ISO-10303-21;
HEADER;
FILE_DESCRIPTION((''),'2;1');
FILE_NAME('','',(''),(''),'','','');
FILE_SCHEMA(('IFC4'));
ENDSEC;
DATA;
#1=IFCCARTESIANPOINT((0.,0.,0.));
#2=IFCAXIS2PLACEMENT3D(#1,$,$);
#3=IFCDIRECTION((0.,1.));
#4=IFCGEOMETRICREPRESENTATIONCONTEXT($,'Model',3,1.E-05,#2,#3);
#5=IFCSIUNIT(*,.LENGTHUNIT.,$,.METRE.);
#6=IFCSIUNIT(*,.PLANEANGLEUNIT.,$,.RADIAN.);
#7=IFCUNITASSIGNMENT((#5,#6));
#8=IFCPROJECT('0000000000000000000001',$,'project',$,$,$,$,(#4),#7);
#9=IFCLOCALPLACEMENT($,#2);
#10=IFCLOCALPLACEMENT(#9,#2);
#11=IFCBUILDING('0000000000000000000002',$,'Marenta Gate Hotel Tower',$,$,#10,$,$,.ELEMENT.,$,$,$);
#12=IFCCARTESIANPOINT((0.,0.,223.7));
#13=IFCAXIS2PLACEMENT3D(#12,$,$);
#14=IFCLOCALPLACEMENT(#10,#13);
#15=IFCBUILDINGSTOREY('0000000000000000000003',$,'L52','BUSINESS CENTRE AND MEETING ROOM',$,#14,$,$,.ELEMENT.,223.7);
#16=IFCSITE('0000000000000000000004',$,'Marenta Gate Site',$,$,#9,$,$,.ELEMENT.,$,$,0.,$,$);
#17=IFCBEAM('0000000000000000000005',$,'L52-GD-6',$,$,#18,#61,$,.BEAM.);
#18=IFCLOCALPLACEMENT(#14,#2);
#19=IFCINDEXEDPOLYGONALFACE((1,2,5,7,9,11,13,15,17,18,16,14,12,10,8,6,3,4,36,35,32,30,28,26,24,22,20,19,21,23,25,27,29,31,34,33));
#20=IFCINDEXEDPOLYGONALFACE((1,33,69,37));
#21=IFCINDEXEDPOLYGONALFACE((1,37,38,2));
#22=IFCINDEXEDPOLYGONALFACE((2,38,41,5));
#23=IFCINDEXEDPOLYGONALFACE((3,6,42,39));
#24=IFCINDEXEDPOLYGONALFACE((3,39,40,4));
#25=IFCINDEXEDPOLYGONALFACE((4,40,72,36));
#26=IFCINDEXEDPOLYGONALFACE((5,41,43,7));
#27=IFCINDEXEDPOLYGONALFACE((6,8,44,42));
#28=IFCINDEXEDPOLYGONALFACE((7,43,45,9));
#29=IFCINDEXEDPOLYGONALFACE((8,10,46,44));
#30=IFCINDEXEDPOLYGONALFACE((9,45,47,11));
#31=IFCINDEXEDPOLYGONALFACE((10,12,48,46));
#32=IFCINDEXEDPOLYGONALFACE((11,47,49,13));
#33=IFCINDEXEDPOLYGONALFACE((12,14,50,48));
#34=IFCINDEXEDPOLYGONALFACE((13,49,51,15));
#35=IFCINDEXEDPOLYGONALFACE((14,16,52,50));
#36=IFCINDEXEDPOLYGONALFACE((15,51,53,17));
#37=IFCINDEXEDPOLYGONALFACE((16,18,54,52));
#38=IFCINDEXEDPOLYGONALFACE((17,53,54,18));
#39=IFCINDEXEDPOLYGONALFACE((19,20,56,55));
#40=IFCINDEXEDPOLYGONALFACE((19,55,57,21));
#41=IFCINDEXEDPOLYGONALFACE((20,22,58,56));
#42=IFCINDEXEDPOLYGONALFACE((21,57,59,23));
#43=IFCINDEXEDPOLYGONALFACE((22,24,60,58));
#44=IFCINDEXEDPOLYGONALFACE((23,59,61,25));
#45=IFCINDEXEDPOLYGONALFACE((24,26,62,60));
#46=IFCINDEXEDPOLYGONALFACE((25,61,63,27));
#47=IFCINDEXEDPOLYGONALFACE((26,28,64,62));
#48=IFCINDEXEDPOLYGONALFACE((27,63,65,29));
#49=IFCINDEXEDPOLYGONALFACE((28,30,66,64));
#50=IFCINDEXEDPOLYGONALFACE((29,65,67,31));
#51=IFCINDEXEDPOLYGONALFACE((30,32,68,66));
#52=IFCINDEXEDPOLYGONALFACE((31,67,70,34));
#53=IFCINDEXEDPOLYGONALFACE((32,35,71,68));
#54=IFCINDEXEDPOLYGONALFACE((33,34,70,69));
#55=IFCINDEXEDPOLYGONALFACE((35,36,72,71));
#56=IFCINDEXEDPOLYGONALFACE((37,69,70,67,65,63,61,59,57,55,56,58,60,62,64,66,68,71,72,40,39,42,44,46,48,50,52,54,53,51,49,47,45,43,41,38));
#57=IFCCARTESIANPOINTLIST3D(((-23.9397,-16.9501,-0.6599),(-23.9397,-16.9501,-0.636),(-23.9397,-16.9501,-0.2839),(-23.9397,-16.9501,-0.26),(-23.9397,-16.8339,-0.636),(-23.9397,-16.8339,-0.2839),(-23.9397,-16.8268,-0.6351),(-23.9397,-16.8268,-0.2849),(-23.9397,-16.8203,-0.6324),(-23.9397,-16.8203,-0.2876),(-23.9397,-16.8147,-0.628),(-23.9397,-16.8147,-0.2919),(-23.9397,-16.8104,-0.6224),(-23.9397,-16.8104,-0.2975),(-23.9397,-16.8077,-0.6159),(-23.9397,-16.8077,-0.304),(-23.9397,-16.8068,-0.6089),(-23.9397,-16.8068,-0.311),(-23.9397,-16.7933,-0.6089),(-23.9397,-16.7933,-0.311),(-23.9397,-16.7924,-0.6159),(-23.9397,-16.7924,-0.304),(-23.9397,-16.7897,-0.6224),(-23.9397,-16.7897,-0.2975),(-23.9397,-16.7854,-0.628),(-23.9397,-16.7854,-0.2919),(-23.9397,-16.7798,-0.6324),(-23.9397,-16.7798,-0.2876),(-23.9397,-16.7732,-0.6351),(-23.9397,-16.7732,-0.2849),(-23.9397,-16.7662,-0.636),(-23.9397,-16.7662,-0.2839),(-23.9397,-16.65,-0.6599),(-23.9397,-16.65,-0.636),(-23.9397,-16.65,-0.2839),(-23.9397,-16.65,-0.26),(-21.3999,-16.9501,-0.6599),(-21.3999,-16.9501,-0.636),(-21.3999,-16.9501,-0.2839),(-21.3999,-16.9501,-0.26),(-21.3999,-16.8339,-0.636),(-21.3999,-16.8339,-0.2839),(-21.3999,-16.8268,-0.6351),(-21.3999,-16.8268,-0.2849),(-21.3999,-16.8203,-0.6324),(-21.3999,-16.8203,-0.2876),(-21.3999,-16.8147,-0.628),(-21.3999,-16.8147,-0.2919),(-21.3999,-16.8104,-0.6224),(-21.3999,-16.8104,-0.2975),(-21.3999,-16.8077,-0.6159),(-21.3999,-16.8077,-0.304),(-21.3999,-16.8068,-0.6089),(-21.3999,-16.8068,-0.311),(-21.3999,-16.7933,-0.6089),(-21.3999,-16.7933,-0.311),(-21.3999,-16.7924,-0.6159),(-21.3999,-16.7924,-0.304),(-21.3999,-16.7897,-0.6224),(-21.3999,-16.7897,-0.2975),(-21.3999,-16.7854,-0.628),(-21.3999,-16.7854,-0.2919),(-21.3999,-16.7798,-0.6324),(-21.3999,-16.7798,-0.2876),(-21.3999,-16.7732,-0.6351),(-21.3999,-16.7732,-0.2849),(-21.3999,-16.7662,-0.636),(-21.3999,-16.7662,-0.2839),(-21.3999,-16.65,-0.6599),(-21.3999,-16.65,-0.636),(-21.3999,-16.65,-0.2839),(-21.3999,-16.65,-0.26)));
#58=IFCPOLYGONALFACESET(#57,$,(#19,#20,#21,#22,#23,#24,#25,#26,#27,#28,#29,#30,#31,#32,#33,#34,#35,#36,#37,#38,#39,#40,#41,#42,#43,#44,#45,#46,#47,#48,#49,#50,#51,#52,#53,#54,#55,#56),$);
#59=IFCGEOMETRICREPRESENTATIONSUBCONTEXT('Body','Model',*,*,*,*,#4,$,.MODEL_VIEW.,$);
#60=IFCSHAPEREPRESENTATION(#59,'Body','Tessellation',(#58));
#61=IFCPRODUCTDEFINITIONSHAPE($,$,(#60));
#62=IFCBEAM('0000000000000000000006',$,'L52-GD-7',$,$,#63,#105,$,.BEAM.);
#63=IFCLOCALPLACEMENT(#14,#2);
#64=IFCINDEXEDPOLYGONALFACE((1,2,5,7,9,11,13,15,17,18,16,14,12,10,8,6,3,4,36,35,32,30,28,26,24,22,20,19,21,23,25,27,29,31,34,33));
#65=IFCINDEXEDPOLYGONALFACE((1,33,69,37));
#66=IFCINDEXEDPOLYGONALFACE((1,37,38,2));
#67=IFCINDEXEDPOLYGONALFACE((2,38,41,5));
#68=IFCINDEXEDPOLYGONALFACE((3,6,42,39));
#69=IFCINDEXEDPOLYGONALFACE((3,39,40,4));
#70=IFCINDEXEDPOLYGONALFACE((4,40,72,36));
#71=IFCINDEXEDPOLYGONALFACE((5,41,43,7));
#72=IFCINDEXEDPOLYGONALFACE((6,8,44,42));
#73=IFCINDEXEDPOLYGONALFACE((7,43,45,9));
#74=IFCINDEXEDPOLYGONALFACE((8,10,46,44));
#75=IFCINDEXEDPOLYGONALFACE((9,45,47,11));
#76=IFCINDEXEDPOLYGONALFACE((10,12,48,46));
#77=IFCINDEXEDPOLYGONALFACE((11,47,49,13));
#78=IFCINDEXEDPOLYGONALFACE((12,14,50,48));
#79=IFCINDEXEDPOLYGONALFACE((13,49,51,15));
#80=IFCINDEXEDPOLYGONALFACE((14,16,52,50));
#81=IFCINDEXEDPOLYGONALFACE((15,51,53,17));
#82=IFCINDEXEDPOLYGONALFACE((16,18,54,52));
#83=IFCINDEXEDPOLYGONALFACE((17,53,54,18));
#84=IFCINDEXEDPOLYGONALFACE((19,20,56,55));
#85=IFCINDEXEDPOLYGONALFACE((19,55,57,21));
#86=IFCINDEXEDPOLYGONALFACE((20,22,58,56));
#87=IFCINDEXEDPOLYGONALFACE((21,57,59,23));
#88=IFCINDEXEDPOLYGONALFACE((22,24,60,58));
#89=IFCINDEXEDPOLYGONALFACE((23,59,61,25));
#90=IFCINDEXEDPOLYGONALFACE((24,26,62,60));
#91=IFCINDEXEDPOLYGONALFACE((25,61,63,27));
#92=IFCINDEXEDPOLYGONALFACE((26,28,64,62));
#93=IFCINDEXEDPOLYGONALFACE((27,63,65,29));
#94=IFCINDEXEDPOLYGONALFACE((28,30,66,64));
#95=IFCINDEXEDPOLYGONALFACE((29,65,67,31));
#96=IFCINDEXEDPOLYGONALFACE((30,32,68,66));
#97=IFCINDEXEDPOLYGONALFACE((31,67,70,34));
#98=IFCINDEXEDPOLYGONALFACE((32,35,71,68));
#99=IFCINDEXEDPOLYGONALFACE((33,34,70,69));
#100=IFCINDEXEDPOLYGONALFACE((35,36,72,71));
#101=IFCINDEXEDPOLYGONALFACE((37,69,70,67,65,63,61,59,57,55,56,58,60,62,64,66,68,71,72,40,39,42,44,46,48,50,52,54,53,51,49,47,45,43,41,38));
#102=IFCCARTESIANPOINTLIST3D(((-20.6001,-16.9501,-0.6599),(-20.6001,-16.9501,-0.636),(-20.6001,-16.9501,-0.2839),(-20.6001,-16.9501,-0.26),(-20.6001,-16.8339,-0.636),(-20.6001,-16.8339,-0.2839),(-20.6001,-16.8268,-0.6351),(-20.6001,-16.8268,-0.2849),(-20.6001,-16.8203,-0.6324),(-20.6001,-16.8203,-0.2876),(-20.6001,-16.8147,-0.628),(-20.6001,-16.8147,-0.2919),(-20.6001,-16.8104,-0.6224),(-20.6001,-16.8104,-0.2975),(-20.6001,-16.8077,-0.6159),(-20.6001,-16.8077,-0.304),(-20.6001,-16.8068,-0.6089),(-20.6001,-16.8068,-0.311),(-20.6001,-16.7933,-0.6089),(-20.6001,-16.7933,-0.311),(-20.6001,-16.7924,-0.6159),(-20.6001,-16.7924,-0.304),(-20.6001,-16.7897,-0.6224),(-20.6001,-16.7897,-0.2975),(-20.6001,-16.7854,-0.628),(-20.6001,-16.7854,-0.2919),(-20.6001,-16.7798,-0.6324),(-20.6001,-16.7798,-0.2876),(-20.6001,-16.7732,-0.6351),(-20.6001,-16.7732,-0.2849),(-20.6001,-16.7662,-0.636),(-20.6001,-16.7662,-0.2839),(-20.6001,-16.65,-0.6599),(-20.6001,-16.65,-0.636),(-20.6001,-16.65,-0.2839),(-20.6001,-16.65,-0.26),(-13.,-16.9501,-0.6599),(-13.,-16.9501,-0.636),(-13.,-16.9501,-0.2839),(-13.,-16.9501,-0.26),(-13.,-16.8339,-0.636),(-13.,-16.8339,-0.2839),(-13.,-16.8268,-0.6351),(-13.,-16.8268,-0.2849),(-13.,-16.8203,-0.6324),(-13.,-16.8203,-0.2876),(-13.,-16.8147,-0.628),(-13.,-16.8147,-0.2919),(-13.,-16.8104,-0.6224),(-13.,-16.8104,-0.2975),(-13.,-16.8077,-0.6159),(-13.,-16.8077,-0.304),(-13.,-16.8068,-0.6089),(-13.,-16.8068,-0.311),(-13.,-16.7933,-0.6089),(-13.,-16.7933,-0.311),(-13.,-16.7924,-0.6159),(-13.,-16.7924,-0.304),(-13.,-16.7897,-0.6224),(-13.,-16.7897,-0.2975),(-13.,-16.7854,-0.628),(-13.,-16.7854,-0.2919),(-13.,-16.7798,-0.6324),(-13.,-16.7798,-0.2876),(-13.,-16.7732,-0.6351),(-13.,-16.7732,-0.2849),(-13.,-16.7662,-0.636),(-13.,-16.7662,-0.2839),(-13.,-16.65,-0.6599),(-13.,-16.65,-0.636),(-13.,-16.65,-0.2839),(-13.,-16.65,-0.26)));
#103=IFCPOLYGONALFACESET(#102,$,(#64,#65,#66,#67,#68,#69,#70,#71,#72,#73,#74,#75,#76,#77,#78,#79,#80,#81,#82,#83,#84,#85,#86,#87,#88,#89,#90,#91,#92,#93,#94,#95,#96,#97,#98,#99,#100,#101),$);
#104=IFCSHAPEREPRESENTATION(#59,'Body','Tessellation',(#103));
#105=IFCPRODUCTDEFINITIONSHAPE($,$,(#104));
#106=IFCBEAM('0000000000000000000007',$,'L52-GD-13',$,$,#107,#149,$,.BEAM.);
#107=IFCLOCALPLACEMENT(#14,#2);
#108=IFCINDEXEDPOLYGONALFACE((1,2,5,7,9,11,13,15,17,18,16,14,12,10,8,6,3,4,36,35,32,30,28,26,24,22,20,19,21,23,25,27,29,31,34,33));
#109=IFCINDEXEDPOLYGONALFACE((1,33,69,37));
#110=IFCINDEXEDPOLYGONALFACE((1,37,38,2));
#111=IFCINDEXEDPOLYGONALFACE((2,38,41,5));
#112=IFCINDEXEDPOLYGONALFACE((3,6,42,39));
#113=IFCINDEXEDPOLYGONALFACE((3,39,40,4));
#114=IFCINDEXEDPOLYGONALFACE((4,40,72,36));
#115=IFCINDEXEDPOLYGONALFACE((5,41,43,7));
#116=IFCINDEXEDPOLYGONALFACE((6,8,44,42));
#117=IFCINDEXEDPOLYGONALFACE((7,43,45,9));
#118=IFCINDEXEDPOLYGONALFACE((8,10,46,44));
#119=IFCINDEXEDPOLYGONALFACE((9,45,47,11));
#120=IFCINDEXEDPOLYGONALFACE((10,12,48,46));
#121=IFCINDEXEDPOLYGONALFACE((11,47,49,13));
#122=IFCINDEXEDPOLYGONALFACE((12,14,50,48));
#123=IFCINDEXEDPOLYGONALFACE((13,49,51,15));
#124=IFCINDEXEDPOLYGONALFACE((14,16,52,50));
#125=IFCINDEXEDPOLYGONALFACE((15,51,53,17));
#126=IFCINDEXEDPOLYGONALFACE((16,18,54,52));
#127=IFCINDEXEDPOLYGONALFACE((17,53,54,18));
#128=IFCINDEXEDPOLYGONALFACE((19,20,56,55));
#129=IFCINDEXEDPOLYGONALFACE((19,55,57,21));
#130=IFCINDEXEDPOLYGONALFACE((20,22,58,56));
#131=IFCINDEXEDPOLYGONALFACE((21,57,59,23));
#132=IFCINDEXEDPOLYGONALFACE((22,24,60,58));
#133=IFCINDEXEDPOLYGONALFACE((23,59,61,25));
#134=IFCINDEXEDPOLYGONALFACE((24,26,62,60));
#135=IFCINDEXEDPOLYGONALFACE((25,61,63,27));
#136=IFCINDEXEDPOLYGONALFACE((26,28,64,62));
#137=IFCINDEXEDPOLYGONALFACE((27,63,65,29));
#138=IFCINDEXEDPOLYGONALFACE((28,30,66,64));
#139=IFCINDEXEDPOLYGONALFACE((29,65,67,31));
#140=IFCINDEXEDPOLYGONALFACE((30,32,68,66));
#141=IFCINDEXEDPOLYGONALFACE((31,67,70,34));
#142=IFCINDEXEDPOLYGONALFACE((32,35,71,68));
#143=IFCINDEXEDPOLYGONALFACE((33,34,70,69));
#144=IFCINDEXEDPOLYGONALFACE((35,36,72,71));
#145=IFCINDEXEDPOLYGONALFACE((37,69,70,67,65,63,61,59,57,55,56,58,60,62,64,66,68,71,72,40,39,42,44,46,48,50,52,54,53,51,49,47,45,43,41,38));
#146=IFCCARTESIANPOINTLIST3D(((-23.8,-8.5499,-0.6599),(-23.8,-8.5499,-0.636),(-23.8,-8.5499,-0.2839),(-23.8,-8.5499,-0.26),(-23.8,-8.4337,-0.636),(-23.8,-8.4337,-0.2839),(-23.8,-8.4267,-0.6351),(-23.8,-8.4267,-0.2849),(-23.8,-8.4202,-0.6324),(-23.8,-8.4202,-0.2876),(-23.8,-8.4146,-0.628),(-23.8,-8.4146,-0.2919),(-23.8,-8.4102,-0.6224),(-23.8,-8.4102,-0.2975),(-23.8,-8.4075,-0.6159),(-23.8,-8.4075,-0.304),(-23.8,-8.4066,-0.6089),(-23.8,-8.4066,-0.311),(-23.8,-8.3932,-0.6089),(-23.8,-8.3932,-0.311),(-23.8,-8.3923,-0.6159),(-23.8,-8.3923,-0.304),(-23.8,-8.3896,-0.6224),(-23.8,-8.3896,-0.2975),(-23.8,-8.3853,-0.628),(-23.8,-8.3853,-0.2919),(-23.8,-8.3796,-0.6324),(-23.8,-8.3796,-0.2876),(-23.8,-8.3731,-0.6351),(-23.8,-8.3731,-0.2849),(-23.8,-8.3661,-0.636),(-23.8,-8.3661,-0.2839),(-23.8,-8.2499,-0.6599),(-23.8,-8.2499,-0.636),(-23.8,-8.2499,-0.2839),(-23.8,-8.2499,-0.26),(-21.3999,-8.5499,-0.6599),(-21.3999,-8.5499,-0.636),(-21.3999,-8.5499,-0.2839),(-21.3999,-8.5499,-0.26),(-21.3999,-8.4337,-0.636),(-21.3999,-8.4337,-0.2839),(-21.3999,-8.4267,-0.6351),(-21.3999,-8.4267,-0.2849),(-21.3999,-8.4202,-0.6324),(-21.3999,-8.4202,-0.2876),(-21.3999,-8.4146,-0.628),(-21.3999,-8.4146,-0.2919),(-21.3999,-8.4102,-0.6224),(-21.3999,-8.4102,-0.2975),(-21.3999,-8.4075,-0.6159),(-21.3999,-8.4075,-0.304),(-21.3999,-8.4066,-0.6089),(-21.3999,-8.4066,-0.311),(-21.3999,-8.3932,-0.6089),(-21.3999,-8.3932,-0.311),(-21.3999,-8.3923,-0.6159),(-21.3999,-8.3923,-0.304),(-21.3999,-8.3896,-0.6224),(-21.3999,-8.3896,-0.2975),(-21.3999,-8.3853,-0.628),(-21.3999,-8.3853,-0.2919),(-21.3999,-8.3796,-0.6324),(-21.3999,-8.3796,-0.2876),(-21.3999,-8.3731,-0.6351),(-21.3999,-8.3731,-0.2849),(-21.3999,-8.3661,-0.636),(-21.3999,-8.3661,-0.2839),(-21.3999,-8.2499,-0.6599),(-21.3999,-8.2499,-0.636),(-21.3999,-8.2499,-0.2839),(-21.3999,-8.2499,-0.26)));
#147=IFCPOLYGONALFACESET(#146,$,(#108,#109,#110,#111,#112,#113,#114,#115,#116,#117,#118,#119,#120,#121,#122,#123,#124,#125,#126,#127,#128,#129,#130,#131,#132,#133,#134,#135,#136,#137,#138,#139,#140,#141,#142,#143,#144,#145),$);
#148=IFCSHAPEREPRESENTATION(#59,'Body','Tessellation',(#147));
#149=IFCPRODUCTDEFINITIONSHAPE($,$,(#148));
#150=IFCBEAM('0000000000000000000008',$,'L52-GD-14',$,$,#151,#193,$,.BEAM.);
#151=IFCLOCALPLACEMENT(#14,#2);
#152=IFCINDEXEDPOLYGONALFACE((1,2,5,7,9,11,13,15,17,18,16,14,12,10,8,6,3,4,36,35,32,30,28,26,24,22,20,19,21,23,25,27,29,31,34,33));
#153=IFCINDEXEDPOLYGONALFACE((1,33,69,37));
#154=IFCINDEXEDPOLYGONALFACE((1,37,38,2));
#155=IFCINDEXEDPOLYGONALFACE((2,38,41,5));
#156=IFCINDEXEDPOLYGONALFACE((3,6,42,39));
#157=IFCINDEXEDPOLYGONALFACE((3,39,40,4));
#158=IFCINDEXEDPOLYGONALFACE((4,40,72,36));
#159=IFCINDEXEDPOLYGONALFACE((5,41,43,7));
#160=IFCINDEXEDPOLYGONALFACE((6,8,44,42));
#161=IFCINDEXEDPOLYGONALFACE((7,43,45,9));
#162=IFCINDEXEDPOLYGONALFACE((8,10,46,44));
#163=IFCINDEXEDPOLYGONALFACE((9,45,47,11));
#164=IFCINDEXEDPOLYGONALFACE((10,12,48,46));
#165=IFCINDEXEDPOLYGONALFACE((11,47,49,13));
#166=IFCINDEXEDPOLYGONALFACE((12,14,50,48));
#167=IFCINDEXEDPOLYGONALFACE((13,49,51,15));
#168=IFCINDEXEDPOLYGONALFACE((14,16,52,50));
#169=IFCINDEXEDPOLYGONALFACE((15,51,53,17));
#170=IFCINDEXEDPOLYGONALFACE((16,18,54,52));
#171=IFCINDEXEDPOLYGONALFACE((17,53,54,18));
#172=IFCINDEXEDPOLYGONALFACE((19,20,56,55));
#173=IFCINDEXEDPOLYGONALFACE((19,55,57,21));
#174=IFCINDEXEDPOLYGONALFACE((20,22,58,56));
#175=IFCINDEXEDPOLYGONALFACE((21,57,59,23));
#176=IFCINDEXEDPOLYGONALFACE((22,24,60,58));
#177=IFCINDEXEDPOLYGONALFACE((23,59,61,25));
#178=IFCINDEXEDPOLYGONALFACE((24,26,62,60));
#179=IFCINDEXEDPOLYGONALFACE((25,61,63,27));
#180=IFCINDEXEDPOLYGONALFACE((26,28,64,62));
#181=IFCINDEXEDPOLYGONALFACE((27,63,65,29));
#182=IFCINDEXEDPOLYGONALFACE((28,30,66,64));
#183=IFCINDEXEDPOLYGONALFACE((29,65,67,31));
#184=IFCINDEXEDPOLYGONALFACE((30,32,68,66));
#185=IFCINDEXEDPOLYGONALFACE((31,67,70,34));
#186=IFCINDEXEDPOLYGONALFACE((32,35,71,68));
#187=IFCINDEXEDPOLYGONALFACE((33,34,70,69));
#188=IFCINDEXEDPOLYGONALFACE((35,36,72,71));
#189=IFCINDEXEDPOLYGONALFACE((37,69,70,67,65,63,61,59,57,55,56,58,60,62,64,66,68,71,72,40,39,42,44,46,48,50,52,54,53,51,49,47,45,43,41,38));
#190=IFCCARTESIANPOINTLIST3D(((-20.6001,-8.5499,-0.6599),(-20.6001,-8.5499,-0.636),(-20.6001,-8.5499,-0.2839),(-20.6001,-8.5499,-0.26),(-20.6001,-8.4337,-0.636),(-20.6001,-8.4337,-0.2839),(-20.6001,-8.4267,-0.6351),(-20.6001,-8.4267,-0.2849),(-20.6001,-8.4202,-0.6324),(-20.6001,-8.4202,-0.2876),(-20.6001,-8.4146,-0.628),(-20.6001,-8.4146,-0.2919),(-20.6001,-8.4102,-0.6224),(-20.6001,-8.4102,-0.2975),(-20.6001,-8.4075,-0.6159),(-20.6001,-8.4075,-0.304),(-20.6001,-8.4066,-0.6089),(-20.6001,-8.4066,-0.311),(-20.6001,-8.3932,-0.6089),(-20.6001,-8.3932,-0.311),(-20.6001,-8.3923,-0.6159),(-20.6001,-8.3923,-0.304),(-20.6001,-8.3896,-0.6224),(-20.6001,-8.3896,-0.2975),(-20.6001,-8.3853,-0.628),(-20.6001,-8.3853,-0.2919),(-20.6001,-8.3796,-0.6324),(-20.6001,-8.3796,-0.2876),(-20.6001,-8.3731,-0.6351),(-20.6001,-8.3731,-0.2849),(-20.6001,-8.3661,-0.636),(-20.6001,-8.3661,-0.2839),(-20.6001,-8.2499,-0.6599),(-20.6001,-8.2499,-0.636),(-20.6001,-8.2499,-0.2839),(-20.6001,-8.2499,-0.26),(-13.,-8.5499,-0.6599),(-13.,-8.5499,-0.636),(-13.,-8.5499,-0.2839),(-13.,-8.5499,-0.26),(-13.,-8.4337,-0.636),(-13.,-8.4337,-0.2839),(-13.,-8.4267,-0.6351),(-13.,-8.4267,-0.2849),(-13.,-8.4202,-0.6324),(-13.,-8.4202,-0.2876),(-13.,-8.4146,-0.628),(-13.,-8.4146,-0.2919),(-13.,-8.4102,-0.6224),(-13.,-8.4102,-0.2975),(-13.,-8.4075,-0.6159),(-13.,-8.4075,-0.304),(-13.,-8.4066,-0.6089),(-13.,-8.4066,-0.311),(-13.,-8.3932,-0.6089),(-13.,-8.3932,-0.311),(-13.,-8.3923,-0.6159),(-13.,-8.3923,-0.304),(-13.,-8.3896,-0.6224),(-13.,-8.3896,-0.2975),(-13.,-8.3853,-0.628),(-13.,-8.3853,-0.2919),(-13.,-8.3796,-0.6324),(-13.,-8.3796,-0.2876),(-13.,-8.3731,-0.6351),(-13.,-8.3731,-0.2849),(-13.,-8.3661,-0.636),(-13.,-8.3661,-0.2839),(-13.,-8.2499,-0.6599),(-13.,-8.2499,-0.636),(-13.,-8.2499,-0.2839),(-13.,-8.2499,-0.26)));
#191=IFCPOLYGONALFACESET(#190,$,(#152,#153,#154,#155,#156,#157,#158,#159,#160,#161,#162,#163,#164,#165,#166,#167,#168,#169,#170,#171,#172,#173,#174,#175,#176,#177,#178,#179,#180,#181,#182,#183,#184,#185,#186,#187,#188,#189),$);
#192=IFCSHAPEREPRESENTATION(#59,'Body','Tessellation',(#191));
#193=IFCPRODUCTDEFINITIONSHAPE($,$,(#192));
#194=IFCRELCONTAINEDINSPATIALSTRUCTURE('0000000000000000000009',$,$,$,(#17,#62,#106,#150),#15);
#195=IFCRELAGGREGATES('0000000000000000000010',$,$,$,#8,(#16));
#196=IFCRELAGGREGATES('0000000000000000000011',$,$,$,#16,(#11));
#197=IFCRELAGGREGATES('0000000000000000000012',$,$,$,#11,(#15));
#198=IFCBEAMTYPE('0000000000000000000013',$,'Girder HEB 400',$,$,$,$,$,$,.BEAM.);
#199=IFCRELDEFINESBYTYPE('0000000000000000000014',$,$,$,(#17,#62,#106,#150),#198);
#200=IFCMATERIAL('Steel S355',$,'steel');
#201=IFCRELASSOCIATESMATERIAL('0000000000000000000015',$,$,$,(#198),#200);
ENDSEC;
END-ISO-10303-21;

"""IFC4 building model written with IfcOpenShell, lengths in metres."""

from ifc_helpers import new_model, si_unit, direction, frame, origin, origin_2d, place, context, subcontext, project, spatial, i_section, extrude, material, material_profile, profile_set, type_object, element, save


model = new_model("IFC4")

# Units and contexts
model_context = context("Model", 3, precision=1e-05, world=origin(), true_north=direction((0.0, 1.0)))
body_context = subcontext(model_context, "Body", "Model", "MODEL_VIEW")
ifc_project = project(units=[si_unit("LENGTHUNIT", "METRE"), si_unit("PLANEANGLEUNIT", "RADIAN")], contexts=[model_context])

# Site, building, storey
site_placement = place(None, origin())
site = spatial("IfcSite", under=ifc_project, at=site_placement, Name="Marenta Gate Site", CompositionType="ELEMENT", RefElevation=0.0)
building_placement = place(site_placement, origin())
building = spatial("IfcBuilding", under=site, at=building_placement, Name="Marenta Gate Hotel Tower", CompositionType="ELEMENT")
storey_placement = place(building_placement, frame((0.0, 0.0, 223.7)))
storey = spatial("IfcBuildingStorey", under=building, at=storey_placement, Name="L52", Description="BUSINESS CENTRE AND MEETING ROOM", CompositionType="ELEMENT", Elevation=223.7)

# Beams
ifc_material_1 = material(Name="Steel S355", Category="steel")
ifc_material_profile_1 = material_profile(ifc_material_1, i_section(OverallWidth=0.3, OverallDepth=0.3999, WebThickness=0.0134, FlangeThickness=0.0239, FilletRadius=0.0271, at=origin_2d()), Name="HEB 400")
ifc_profile_set_1 = profile_set([ifc_material_profile_1], Name="Steel S355")
beam_type_1 = type_object("IfcBeamType", Name="Girder HEB 400", PredefinedType="BEAM", material=ifc_profile_set_1)
beam_1_placement = place(storey_placement, frame((-23.9397, -16.8, -0.46), z_axis=(1.0, 0.0, 0.0), x_axis=(0.0, 1.0, 0.0)))
element("IfcBeam", 1, at=beam_1_placement, inside=storey, type_object=beam_type_1, Name="L52-GD-6", PredefinedType="BEAM", context=body_context, shape_type="SweptSolid", body=[
    extrude(i_section(OverallWidth=0.3, OverallDepth=0.3999, WebThickness=0.0134, FlangeThickness=0.0239, FilletRadius=0.0271, at=origin_2d()), origin(), (0.0, 0.0, 1.0), 2.5398),
])
beam_2_placement = place(storey_placement, frame((-20.6001, -16.8, -0.46), z_axis=(1.0, 0.0, 0.0), x_axis=(0.0, 1.0, 0.0)))
element("IfcBeam", 2, at=beam_2_placement, inside=storey, type_object=beam_type_1, Name="L52-GD-7", PredefinedType="BEAM", context=body_context, shape_type="SweptSolid", body=[
    extrude(i_section(OverallWidth=0.3, OverallDepth=0.3999, WebThickness=0.0134, FlangeThickness=0.0239, FilletRadius=0.0271, at=origin_2d()), origin(), (0.0, 0.0, 1.0), 7.6001),
])
beam_3_placement = place(storey_placement, frame((-23.8, -8.3999, -0.46), z_axis=(1.0, 0.0, 0.0), x_axis=(0.0, 1.0, 0.0)))
element("IfcBeam", 3, at=beam_3_placement, inside=storey, type_object=beam_type_1, Name="L52-GD-13", PredefinedType="BEAM", context=body_context, shape_type="SweptSolid", body=[
    extrude(i_section(OverallWidth=0.3, OverallDepth=0.3999, WebThickness=0.0134, FlangeThickness=0.0239, FilletRadius=0.0271, at=origin_2d()), origin(), (0.0, 0.0, 1.0), 2.4001),
])
beam_4_placement = place(storey_placement, frame((-20.6001, -8.3999, -0.46), z_axis=(1.0, 0.0, 0.0), x_axis=(0.0, 1.0, 0.0)))
element("IfcBeam", 4, at=beam_4_placement, inside=storey, type_object=beam_type_1, Name="L52-GD-14", PredefinedType="BEAM", context=body_context, shape_type="SweptSolid", body=[
    extrude(i_section(OverallWidth=0.3, OverallDepth=0.3999, WebThickness=0.0134, FlangeThickness=0.0239, FilletRadius=0.0271, at=origin_2d()), origin(), (0.0, 0.0, 1.0), 7.6001),
])

save(model, "model.ifc")
